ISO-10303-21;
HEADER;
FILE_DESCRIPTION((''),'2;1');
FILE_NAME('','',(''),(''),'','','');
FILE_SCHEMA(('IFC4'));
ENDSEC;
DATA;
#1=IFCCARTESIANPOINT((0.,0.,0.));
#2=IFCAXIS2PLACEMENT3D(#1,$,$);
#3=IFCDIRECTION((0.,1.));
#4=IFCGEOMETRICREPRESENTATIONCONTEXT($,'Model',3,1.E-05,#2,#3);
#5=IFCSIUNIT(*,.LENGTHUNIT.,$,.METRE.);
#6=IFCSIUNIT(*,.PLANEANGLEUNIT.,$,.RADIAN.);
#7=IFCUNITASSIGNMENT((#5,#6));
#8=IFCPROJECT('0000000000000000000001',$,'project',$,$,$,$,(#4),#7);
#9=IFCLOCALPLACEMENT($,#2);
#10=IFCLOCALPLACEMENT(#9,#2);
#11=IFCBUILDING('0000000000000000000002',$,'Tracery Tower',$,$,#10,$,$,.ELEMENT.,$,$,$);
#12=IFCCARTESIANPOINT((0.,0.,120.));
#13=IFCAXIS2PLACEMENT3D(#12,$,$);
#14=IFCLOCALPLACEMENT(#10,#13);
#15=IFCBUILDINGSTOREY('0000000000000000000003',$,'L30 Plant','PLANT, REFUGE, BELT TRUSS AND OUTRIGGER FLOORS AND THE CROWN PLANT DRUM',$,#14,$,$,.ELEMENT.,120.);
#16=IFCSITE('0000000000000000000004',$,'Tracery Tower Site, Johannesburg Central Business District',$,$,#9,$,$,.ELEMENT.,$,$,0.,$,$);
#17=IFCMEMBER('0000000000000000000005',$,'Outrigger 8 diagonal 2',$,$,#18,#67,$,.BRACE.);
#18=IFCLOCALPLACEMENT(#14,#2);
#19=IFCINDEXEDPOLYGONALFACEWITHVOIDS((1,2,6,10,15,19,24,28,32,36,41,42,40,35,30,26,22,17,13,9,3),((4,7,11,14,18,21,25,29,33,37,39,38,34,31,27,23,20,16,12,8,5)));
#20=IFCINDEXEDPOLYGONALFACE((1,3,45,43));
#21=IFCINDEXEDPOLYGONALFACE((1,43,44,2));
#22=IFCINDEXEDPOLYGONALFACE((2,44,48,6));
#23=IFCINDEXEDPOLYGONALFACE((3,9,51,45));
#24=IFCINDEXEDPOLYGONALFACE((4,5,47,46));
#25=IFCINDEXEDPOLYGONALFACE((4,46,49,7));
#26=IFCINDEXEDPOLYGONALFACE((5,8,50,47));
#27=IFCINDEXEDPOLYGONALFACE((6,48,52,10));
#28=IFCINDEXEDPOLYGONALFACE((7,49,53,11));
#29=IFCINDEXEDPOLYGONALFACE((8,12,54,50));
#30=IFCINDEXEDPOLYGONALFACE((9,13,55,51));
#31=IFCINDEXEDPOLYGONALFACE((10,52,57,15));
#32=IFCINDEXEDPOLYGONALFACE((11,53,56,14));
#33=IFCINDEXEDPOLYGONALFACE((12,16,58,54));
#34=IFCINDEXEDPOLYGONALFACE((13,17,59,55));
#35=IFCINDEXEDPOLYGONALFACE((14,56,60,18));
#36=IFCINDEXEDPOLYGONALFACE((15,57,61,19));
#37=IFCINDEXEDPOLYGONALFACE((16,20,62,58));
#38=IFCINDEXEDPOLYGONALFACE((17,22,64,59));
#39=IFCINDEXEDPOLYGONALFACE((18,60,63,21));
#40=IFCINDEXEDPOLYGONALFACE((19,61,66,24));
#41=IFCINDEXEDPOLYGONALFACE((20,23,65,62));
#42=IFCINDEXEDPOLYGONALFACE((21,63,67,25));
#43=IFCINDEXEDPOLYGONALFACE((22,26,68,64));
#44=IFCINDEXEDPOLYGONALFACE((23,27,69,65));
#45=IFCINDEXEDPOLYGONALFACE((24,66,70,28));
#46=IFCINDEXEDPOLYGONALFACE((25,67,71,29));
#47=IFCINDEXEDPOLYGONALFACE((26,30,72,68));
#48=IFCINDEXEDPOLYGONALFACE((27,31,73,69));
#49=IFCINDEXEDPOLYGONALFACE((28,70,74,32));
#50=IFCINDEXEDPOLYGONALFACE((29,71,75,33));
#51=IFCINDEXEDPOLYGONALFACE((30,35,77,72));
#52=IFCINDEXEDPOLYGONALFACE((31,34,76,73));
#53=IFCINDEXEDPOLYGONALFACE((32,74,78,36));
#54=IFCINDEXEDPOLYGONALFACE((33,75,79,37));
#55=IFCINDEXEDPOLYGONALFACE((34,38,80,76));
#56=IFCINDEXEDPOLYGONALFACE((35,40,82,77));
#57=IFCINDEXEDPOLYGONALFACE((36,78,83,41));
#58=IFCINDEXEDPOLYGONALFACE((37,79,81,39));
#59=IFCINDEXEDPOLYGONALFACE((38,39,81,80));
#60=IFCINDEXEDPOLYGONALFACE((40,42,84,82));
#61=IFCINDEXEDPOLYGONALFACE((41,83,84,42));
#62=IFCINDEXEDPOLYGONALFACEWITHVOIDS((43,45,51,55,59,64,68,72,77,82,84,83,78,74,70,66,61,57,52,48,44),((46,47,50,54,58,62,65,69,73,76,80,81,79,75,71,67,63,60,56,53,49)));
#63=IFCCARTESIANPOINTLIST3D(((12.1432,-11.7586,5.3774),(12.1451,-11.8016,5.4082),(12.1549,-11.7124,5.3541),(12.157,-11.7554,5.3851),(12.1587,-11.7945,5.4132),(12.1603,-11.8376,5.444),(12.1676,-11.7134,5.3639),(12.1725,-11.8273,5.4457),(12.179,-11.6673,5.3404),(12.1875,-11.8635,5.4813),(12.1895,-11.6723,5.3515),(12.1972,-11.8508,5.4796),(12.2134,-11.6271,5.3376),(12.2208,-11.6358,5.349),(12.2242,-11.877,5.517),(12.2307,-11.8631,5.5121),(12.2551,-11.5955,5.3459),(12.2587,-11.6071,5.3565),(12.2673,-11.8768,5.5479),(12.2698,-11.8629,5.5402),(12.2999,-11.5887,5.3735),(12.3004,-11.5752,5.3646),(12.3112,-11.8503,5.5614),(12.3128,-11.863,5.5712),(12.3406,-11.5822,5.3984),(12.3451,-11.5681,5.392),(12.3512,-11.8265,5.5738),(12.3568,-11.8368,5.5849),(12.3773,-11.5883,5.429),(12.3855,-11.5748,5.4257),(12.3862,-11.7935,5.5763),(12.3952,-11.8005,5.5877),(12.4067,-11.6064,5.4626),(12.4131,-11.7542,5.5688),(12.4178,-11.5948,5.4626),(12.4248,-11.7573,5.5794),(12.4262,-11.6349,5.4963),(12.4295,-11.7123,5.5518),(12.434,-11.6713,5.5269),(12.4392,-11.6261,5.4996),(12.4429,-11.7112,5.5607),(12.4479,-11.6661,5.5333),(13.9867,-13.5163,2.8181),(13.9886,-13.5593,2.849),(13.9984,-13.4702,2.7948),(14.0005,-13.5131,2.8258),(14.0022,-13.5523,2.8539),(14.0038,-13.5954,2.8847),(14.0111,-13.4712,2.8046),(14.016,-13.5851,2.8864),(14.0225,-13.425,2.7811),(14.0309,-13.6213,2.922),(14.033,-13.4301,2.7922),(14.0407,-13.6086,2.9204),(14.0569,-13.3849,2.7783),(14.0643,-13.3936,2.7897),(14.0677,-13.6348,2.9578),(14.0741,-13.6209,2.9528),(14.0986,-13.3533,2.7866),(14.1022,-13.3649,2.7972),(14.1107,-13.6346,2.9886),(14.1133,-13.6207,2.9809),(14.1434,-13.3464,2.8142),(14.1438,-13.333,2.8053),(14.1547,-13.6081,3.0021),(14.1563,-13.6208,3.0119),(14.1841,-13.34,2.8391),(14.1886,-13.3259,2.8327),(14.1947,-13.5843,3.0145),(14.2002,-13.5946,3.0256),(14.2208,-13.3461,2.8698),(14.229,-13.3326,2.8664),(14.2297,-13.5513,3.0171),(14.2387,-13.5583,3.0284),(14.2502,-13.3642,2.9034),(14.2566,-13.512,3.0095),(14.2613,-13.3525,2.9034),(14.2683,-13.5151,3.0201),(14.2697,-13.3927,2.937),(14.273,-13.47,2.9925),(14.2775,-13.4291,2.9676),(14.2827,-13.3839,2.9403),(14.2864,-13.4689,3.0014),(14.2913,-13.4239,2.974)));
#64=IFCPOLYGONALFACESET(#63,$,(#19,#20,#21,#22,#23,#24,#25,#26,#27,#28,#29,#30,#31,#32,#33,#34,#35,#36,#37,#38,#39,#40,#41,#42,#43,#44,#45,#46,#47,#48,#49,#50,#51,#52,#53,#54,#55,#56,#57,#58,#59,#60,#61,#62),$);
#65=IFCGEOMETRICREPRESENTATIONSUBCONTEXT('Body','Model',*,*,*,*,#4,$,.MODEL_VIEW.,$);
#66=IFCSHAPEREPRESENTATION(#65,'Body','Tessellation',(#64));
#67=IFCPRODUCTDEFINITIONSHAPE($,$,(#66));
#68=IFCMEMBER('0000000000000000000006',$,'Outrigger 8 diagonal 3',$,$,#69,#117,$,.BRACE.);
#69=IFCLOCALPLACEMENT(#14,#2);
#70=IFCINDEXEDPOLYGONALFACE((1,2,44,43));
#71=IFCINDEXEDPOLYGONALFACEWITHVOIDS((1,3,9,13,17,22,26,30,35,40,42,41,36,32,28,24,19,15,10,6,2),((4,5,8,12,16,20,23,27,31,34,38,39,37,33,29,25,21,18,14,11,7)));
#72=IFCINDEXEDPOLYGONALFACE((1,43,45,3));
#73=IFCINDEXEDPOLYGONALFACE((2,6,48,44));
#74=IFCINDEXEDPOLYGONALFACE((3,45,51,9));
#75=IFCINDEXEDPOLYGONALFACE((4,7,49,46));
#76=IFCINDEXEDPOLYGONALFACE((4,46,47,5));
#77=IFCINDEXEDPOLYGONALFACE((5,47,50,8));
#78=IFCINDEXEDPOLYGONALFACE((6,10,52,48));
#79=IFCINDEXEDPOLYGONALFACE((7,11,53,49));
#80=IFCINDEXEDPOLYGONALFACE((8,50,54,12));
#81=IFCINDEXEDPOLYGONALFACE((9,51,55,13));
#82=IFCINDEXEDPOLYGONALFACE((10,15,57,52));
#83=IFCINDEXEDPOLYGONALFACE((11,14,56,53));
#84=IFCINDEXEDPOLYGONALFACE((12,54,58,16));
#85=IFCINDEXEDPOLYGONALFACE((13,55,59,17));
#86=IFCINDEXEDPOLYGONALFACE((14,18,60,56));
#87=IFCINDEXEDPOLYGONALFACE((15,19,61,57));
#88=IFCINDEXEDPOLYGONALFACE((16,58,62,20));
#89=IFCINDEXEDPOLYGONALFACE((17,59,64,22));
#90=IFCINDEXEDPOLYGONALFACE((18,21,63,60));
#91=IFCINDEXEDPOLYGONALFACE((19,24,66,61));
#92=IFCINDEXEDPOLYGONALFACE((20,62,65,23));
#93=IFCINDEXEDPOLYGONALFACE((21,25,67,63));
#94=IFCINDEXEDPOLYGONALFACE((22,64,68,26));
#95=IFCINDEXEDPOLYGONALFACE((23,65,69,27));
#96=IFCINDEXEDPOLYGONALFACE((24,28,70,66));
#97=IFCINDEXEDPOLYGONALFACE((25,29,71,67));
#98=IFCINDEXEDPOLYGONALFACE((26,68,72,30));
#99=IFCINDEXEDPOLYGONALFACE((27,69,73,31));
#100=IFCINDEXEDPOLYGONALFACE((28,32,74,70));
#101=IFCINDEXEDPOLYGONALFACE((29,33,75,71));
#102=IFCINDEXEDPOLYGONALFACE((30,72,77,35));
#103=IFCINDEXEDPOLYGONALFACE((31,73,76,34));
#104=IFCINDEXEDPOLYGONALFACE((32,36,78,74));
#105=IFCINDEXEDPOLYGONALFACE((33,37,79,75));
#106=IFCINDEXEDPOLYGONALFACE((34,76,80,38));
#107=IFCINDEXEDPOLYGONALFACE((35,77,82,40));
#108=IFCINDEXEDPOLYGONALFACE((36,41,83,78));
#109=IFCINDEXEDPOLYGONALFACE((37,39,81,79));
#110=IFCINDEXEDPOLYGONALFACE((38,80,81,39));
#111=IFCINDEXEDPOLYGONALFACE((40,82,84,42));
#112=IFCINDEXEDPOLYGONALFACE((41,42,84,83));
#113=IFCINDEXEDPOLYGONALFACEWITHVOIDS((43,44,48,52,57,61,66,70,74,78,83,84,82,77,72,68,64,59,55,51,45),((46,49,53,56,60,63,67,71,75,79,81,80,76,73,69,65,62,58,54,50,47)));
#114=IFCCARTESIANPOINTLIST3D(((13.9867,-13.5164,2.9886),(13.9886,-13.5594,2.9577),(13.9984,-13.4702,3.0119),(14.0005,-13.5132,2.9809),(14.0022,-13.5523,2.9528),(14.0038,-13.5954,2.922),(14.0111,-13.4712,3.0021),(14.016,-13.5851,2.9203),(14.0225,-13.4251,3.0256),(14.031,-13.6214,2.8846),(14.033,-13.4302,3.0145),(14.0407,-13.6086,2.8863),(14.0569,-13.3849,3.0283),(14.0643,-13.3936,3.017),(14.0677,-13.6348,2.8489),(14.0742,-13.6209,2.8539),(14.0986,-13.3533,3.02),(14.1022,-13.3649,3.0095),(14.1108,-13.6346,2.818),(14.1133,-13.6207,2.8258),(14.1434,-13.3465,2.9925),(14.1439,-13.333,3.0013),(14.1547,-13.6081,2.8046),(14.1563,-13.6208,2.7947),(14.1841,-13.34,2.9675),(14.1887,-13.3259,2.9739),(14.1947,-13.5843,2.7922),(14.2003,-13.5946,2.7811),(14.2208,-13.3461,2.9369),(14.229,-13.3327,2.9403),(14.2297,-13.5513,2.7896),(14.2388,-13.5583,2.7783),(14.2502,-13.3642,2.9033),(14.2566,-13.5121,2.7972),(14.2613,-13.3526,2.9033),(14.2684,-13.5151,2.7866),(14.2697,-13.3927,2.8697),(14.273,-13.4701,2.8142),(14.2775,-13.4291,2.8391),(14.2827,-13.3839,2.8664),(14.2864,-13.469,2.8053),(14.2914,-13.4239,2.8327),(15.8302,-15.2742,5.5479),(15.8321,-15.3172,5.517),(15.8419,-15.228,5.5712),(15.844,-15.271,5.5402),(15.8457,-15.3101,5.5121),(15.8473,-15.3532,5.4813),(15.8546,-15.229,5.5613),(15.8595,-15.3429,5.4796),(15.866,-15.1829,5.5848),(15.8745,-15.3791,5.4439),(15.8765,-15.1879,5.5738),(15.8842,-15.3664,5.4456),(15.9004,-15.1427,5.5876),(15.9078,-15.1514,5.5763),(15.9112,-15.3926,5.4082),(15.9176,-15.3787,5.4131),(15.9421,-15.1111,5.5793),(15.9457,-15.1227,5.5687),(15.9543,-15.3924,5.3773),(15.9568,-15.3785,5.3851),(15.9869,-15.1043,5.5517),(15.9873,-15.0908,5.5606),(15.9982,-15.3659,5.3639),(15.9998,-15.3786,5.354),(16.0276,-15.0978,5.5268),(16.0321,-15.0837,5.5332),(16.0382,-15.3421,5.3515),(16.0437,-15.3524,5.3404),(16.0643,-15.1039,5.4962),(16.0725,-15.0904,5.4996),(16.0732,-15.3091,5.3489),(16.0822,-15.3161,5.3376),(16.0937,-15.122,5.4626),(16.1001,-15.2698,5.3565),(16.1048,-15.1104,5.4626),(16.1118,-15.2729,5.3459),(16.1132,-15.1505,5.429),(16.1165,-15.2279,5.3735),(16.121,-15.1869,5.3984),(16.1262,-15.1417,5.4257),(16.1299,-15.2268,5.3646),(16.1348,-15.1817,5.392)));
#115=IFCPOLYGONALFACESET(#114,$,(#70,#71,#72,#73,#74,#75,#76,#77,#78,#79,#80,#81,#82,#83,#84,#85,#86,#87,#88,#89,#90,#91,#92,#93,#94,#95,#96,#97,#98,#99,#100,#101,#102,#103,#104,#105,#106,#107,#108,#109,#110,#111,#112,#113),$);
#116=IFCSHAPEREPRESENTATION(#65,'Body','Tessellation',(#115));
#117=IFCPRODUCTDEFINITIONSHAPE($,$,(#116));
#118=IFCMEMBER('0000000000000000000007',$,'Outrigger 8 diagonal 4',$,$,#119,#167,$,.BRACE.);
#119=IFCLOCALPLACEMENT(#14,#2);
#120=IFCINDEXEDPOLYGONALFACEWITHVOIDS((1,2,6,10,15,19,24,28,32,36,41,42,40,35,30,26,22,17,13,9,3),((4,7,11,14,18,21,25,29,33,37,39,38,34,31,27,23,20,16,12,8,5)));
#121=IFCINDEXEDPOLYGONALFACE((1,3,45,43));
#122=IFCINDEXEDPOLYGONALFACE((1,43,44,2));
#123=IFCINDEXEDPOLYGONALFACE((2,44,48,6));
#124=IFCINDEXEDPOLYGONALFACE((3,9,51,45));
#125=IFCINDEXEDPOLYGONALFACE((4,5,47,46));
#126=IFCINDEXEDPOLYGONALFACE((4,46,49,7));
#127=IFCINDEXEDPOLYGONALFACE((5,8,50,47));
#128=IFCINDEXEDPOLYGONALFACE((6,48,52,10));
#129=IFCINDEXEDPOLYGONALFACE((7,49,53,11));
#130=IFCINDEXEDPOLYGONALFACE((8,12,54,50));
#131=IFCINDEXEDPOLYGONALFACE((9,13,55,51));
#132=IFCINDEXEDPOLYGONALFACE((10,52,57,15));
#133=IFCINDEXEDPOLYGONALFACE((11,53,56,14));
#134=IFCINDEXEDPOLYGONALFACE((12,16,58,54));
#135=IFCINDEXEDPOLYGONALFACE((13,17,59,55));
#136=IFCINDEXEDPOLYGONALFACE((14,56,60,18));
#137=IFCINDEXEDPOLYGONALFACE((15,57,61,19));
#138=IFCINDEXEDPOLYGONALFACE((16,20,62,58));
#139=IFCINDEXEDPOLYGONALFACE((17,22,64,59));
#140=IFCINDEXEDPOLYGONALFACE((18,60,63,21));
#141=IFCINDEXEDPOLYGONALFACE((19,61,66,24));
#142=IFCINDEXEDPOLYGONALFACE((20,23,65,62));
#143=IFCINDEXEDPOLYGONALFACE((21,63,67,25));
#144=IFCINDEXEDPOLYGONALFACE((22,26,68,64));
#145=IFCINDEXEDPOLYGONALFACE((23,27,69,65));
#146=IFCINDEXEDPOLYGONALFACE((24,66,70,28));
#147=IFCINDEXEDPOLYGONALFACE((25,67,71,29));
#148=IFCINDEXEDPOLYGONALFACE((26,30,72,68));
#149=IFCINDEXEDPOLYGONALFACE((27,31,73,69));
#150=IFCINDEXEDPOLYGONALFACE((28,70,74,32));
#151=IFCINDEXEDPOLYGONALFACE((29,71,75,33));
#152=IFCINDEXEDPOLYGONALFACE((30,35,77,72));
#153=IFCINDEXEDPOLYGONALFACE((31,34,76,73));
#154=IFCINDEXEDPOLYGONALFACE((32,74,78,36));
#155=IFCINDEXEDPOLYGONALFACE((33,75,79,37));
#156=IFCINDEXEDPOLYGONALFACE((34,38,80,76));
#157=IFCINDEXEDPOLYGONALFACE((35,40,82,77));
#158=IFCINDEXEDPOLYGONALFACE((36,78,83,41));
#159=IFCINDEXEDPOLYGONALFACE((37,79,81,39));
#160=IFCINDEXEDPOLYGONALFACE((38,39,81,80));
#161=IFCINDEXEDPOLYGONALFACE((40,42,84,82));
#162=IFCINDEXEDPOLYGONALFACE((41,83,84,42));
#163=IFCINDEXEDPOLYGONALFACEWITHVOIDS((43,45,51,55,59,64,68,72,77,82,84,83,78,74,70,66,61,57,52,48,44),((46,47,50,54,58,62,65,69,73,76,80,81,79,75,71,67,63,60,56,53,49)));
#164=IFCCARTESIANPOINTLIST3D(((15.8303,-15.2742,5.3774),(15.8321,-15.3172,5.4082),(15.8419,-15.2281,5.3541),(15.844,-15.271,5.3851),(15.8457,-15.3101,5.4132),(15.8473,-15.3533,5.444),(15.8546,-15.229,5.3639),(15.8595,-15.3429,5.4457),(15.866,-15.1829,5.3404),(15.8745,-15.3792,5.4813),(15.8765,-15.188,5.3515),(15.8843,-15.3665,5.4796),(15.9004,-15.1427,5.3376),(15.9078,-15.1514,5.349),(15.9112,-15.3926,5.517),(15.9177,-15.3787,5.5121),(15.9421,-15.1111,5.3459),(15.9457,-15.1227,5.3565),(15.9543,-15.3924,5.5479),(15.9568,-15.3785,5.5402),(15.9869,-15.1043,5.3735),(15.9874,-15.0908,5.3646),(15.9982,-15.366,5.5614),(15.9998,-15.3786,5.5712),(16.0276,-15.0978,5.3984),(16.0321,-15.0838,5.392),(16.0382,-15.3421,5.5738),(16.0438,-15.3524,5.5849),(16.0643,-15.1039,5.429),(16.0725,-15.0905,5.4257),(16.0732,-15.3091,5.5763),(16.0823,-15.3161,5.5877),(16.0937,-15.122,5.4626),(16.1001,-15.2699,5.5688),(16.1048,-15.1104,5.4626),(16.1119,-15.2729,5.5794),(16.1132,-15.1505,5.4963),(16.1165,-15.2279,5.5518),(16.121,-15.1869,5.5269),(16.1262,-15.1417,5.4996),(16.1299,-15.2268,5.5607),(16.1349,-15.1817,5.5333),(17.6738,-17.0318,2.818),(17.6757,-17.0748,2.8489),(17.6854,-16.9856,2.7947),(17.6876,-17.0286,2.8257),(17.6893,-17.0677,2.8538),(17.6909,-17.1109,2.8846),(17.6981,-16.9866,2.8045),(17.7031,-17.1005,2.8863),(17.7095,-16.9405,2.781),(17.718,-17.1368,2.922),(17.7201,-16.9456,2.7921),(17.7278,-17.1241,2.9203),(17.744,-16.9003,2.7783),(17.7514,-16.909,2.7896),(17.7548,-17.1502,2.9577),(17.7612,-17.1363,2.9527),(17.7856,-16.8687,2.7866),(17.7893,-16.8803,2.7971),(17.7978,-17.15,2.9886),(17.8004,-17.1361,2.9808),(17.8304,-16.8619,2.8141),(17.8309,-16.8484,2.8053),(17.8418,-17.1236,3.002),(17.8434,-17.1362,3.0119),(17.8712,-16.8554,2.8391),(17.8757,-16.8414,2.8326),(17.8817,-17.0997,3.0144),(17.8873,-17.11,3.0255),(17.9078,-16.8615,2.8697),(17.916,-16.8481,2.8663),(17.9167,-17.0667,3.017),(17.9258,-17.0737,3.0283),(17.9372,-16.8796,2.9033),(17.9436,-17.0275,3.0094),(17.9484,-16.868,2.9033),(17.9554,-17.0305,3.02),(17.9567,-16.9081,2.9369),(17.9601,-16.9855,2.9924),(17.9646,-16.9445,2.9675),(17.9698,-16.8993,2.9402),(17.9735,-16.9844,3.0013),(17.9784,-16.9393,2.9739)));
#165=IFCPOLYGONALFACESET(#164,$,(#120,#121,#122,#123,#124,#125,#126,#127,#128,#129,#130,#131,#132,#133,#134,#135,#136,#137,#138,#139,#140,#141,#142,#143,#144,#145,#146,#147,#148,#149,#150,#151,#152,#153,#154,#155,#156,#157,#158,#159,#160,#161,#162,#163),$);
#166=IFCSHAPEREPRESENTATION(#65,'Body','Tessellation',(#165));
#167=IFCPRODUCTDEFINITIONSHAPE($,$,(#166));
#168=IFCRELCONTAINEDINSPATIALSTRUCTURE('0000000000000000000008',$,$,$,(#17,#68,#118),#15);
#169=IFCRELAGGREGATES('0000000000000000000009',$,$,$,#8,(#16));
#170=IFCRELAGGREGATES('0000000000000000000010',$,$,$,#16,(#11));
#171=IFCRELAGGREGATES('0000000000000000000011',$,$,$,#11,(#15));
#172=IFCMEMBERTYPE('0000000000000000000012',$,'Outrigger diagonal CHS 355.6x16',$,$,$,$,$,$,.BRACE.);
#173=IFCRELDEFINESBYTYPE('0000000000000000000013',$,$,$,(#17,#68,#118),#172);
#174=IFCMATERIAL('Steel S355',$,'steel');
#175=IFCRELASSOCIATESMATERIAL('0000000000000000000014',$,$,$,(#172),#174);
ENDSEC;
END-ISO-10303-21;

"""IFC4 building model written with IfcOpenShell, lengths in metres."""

from ifc_helpers import new_model, si_unit, direction, frame, origin, origin_2d, place, context, subcontext, project, spatial, hollow_circle, extrude, material, material_profile, profile_set, type_object, element, save


model = new_model("IFC4")

# Units and contexts
model_context = context("Model", 3, precision=1e-05, world=origin(), true_north=direction((0.0, 1.0)))
body_context = subcontext(model_context, "Body", "Model", "MODEL_VIEW")
ifc_project = project(units=[si_unit("LENGTHUNIT", "METRE"), si_unit("PLANEANGLEUNIT", "RADIAN")], contexts=[model_context])

# Site, building, storey
site_placement = place(None, origin())
site = spatial("IfcSite", under=ifc_project, at=site_placement, Name="Tracery Tower Site, Johannesburg Central Business District", CompositionType="ELEMENT", RefElevation=0.0)
building_placement = place(site_placement, origin())
building = spatial("IfcBuilding", under=site, at=building_placement, Name="Tracery Tower", CompositionType="ELEMENT")
storey_placement = place(building_placement, frame((0.0, 0.0, 120.0)))
storey = spatial("IfcBuildingStorey", under=building, at=storey_placement, Name="L30 Plant", Description="PLANT, REFUGE, BELT TRUSS AND OUTRIGGER FLOORS AND THE CROWN PLANT DRUM", CompositionType="ELEMENT", Elevation=120.0)

# Members
ifc_material_1 = material(Name="Steel S355", Category="steel")
ifc_material_profile_1 = material_profile(ifc_material_1, hollow_circle(Radius=0.1777, WallThickness=0.0161, at=origin_2d()), Name="CHS 355.6x16")
ifc_profile_set_1 = profile_set([ifc_material_profile_1], Name="Steel S355")
member_type_1 = type_object("IfcMemberType", Name="Outrigger diagonal CHS 355.6x16", PredefinedType="BRACE", material=ifc_profile_set_1)
for number, where, z_axis, x_axis, name in (
    (1, (12.2952, -11.7234, 5.4626), (0.51054, -0.486808, -0.708779), (0.690086, 0.723728, 0.0), "Outrigger 8 diagonal 2"),
    (2, (14.1387, -13.4812, 2.9033), (0.51054, -0.486808, 0.708779), (0.690086, 0.723728, 0.0), "Outrigger 8 diagonal 3"),
    (3, (15.9822, -15.239, 5.4626), (0.510557, -0.486756, -0.708802), (0.690036, 0.723775, 0.0), "Outrigger 8 diagonal 4"),
):
    element("IfcMember", number, at=place(storey_placement, frame(where, z_axis=z_axis, x_axis=x_axis)), inside=storey, type_object=member_type_1, Name=name, PredefinedType="BRACE", context=body_context, shape_type="SweptSolid", body=[
        extrude(hollow_circle(Radius=0.1777, WallThickness=0.0161, at=origin_2d()), origin(), (0.0, 0.0, 1.0), 3.6108),
    ])

save(model, "model.ifc")
